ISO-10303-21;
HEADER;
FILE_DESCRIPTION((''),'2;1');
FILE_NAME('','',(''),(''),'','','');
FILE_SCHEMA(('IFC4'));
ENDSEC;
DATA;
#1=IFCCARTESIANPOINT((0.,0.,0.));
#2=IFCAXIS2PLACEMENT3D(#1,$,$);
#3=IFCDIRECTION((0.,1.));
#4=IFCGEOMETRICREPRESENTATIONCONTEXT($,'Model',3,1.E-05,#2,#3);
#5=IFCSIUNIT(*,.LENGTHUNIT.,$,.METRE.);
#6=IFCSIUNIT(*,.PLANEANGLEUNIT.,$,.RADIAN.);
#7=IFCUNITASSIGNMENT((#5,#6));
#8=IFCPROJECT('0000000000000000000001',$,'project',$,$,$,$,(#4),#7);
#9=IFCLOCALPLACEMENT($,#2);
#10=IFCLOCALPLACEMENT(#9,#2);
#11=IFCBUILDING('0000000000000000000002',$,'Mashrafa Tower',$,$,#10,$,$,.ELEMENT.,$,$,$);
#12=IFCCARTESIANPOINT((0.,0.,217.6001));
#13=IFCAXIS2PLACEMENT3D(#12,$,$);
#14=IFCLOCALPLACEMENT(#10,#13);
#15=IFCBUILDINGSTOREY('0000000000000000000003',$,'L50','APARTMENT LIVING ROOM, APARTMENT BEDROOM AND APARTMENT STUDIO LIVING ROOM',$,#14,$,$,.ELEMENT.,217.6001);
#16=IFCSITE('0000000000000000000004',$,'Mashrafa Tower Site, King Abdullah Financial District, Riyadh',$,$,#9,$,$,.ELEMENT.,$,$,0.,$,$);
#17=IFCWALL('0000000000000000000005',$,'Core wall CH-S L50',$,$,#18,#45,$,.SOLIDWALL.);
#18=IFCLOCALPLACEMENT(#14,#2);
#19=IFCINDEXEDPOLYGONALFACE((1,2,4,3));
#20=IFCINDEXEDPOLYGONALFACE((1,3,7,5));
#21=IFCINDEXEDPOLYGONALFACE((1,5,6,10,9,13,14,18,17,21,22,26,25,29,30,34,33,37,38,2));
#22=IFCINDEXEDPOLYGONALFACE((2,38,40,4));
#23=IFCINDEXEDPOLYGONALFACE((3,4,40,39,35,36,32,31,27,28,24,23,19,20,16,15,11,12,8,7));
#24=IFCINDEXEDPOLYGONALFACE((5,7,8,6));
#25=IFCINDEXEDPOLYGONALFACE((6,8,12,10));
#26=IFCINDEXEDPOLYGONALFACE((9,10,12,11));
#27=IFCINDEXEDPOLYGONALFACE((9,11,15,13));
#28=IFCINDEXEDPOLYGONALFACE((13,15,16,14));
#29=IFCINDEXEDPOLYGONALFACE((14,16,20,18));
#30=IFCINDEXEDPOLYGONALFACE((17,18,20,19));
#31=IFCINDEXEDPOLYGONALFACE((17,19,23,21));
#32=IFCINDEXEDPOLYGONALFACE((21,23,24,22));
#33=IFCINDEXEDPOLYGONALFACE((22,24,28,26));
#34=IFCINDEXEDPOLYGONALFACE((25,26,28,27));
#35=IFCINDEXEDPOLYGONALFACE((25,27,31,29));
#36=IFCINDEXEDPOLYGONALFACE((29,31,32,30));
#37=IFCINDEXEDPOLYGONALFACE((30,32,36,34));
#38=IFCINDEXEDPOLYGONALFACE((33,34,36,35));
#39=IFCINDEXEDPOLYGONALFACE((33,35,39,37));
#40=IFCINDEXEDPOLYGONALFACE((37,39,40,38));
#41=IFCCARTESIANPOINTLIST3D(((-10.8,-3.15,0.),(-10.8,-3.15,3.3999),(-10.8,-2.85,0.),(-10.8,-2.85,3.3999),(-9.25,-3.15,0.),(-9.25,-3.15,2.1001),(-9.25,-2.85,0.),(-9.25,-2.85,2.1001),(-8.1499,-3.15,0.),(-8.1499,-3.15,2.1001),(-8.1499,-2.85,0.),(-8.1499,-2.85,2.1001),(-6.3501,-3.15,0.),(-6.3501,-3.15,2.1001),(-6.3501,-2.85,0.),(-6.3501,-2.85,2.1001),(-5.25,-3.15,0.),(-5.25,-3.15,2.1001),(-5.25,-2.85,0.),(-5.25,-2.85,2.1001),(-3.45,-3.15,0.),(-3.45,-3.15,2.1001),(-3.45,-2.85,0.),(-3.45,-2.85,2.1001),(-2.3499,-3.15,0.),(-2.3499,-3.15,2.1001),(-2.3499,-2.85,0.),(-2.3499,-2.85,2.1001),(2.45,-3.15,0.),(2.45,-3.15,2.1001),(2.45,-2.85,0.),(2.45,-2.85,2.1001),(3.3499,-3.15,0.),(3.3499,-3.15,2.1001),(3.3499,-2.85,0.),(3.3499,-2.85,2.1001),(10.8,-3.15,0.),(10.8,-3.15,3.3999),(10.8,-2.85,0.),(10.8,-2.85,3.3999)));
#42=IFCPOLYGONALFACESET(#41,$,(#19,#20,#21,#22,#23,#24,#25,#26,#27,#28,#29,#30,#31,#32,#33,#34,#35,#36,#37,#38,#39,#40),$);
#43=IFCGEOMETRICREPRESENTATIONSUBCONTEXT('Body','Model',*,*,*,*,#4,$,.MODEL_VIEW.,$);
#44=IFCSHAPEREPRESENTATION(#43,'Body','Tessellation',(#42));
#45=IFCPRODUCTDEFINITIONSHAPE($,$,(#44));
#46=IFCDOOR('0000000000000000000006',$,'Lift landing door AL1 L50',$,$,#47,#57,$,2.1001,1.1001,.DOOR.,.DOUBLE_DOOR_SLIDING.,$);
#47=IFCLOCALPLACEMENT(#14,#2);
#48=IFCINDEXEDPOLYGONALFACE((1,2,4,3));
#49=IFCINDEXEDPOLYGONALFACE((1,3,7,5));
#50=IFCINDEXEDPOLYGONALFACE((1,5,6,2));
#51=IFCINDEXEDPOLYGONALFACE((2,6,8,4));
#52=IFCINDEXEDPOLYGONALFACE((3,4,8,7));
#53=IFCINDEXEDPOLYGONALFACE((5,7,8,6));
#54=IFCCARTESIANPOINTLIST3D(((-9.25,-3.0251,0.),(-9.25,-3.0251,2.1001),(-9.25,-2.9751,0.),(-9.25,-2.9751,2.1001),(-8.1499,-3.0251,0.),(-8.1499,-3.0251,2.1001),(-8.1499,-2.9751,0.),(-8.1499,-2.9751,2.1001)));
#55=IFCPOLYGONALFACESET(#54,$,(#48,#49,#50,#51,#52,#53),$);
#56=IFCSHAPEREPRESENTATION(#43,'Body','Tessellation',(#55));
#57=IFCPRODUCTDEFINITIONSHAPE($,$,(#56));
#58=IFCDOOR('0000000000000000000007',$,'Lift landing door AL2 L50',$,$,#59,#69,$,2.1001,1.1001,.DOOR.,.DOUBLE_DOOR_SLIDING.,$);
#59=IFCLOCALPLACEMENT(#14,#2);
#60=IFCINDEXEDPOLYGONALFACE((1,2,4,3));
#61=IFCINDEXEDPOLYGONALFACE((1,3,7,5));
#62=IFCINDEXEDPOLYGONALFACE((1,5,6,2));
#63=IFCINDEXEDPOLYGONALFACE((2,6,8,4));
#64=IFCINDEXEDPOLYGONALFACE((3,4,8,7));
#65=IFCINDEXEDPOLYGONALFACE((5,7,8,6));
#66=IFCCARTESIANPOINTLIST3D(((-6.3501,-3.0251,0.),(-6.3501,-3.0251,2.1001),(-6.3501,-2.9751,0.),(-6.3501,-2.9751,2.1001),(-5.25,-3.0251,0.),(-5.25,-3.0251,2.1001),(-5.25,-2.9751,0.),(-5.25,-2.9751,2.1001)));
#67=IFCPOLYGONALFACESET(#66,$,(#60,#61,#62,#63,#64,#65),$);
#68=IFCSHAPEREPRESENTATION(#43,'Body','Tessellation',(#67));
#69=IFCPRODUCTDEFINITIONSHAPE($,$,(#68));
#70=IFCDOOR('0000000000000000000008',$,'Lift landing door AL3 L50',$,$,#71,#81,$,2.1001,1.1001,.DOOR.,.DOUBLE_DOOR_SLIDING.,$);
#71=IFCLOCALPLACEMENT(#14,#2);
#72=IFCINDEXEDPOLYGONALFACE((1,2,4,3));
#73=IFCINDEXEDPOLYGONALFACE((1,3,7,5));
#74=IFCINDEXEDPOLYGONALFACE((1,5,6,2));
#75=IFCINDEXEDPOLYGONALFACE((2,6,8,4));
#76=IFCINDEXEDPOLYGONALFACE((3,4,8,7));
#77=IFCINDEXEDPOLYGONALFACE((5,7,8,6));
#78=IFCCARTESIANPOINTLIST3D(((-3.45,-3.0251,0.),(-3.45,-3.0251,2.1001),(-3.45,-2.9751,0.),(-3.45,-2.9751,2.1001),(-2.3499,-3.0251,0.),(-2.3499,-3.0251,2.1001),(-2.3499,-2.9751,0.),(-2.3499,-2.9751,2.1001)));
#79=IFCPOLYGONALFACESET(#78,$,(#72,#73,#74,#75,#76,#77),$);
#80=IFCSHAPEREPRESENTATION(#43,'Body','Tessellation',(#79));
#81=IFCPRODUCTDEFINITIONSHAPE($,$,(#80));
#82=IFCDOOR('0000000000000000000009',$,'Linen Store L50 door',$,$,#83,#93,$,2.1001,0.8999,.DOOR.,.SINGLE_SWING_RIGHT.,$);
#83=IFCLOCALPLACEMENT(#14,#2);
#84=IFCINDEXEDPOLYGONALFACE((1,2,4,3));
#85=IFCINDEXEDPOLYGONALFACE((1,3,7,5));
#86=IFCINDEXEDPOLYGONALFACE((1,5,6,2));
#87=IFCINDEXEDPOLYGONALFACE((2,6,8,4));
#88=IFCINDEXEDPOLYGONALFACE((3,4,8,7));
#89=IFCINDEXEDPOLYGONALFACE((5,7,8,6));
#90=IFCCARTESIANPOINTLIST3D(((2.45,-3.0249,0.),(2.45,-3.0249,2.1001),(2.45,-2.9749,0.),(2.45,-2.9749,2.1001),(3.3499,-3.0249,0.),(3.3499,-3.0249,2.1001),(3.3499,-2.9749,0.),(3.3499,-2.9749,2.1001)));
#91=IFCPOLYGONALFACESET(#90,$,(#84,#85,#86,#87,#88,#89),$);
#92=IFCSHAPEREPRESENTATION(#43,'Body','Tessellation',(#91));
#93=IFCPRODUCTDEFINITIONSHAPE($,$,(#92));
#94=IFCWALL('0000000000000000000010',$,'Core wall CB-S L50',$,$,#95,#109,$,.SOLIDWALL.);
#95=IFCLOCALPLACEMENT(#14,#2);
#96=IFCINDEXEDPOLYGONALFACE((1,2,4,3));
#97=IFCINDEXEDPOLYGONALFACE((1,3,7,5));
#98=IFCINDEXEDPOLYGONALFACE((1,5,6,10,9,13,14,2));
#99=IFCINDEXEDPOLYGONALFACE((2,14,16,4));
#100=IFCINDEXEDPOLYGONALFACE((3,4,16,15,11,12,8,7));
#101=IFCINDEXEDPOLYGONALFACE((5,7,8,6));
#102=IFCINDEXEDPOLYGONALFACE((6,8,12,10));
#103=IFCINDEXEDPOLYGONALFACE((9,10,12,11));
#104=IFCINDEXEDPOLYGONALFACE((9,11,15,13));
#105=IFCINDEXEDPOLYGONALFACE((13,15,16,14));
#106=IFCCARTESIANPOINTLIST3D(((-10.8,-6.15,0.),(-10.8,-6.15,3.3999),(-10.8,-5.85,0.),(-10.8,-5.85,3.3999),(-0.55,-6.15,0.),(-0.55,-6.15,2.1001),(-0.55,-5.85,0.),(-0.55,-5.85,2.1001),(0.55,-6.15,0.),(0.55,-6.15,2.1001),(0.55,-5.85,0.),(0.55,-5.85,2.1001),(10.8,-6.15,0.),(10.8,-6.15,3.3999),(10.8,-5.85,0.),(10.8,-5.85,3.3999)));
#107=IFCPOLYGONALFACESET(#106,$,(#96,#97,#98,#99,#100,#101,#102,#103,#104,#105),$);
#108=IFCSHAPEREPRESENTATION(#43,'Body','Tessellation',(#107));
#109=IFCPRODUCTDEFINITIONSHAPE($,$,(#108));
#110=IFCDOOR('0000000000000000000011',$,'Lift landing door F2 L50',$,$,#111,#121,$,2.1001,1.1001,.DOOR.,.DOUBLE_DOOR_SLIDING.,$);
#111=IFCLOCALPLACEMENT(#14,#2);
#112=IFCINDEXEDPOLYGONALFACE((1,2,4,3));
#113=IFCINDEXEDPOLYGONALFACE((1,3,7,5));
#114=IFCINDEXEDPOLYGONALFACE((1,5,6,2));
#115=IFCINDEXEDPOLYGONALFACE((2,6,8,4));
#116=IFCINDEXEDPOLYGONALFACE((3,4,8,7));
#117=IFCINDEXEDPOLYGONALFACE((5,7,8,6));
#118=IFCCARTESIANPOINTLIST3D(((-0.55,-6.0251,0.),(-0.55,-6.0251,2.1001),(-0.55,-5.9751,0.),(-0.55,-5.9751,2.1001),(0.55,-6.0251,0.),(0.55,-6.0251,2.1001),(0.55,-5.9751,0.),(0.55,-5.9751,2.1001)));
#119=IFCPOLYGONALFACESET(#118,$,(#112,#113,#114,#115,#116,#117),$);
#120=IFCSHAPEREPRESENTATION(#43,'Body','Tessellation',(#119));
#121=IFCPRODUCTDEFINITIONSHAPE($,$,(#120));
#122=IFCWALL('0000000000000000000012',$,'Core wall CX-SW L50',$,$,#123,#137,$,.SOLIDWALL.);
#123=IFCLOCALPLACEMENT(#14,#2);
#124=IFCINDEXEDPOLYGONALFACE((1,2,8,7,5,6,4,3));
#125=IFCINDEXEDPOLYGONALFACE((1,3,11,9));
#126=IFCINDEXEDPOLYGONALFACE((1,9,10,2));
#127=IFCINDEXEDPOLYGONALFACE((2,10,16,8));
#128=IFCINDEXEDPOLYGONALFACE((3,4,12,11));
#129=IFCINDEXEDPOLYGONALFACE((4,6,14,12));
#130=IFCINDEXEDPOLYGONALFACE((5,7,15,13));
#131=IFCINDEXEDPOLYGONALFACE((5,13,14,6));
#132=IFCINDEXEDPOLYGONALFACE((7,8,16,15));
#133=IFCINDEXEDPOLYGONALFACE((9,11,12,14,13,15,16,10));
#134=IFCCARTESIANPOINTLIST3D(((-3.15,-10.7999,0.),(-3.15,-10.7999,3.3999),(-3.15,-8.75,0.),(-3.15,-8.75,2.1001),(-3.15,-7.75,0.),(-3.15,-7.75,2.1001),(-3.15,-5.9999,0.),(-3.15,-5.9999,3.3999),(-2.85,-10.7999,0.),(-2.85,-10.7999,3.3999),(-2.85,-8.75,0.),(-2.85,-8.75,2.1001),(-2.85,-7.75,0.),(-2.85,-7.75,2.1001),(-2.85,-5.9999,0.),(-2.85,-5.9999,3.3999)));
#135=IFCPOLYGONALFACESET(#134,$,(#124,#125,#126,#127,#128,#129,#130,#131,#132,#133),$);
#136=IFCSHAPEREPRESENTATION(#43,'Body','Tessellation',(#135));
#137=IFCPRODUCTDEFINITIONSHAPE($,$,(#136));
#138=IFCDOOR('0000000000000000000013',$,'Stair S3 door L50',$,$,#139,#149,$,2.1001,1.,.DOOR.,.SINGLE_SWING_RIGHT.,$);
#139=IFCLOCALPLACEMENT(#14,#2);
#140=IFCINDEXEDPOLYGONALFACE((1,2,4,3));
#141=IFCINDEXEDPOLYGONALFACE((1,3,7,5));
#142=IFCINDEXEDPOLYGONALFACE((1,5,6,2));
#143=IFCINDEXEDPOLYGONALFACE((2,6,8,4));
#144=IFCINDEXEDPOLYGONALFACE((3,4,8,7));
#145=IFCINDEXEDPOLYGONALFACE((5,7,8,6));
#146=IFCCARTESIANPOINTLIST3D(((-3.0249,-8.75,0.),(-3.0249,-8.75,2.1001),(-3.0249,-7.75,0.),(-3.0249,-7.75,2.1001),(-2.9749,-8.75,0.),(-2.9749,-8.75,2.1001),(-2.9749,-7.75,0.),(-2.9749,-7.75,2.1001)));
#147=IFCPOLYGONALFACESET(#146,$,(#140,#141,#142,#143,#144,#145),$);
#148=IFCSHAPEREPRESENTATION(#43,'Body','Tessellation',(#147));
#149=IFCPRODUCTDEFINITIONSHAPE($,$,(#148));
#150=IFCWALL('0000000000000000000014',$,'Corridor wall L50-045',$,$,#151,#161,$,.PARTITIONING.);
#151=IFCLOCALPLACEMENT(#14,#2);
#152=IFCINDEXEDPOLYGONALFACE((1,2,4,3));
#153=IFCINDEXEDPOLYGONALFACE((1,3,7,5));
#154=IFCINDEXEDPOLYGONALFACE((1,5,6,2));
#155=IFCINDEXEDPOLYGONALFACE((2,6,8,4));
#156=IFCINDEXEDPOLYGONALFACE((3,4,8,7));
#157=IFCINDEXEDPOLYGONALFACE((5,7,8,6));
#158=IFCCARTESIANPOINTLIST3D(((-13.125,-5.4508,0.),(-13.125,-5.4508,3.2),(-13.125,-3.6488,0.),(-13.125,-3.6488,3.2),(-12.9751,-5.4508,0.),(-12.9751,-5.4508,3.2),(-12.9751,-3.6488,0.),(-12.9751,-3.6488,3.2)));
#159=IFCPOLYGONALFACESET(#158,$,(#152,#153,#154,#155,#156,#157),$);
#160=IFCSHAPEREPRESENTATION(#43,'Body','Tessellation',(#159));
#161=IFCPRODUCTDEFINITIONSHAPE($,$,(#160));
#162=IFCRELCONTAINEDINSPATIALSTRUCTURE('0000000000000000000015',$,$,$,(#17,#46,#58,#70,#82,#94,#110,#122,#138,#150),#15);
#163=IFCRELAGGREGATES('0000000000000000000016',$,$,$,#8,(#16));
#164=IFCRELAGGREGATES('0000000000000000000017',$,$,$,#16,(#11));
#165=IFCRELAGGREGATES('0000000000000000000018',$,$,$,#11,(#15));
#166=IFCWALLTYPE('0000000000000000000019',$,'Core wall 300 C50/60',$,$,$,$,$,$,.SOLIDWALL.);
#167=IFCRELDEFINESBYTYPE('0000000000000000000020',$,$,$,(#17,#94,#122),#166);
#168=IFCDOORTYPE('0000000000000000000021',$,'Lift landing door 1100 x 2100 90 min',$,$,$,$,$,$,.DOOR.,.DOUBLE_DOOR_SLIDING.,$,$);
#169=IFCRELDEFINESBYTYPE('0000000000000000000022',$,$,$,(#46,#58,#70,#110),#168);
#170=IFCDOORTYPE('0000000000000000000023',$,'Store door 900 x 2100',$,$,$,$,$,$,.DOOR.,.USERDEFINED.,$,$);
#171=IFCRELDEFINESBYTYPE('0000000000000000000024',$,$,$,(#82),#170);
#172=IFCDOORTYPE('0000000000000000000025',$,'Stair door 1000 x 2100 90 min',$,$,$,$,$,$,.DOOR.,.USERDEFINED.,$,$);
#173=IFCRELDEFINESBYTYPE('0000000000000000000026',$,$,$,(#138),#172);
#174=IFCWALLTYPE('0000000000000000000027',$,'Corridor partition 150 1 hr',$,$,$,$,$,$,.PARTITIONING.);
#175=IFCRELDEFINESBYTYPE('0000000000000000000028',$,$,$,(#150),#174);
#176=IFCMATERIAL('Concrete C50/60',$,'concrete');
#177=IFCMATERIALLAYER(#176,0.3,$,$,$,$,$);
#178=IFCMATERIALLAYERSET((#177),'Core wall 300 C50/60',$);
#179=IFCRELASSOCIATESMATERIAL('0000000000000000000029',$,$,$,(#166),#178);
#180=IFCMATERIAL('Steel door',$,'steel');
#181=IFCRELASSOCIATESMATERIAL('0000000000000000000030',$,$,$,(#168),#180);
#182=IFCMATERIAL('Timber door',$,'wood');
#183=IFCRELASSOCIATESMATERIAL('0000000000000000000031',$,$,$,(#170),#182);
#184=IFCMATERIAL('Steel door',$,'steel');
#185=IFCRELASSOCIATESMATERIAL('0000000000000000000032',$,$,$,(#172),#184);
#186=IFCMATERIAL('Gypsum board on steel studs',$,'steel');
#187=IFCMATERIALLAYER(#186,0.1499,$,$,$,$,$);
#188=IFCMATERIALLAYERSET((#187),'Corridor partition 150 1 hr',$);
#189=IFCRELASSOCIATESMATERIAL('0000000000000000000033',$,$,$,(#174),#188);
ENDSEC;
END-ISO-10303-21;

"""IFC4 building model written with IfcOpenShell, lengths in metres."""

from ifc_helpers import new_model, si_unit, direction, frame, frame_2d, origin, place, context, subcontext, project, spatial, rectangle, extrude, material, layer, layer_set, type_object, element, fill, save


model = new_model("IFC4")

# Units and contexts
model_context = context("Model", 3, precision=1e-05, world=origin(), true_north=direction((0.0, 1.0)))
body_context = subcontext(model_context, "Body", "Model", "MODEL_VIEW")
ifc_project = project(units=[si_unit("LENGTHUNIT", "METRE"), si_unit("PLANEANGLEUNIT", "RADIAN")], contexts=[model_context])

# Site, building, storey
site_placement = place(None, origin())
site = spatial("IfcSite", under=ifc_project, at=site_placement, Name="Mashrafa Tower Site, King Abdullah Financial District, Riyadh", CompositionType="ELEMENT", RefElevation=0.0)
building_placement = place(site_placement, origin())
building = spatial("IfcBuilding", under=site, at=building_placement, Name="Mashrafa Tower", CompositionType="ELEMENT")
storey_placement = place(building_placement, frame((0.0, 0.0, 217.6001)))
storey = spatial("IfcBuildingStorey", under=building, at=storey_placement, Name="L50", Description="APARTMENT LIVING ROOM, APARTMENT BEDROOM AND APARTMENT STUDIO LIVING ROOM", CompositionType="ELEMENT", Elevation=217.6001)

# Wall, openings, doors
ifc_material_1 = material(Name="Concrete C50/60", Category="concrete")
ifc_layer_1 = layer(ifc_material_1, 0.3)
ifc_layer_set_1 = layer_set([ifc_layer_1], Name="Core wall 300 C50/60")
wall_type_1 = type_object("IfcWallType", Name="Core wall 300 C50/60", PredefinedType="SOLIDWALL", material=ifc_layer_set_1)
wall_1_placement = place(storey_placement, frame((-10.8, -3.0, 0.0), z_axis=(0.0, 0.0, 1.0), x_axis=(1.0, 0.0, 0.0)))
wall_1 = element("IfcWall", 1, at=wall_1_placement, inside=storey, type_object=wall_type_1, Name="Core wall CH-S L50", PredefinedType="SOLIDWALL", context=body_context, shape_type="SweptSolid", body=[
    extrude(rectangle(XDim=21.6001, YDim=0.3, at=frame_2d((10.8, 0.0))), origin(), (0.0, 0.0, 1.0), 3.3999),
])
opening_1_placement = place(wall_1_placement, frame((13.25, 0.0, 0.0)))
opening_1 = element("IfcOpeningElement", 2, at=opening_1_placement, cuts=wall_1, PredefinedType="OPENING", context=body_context, shape_type="SweptSolid", body=[
    extrude(rectangle(XDim=0.8999, YDim=2.1001, at=frame_2d((0.45, 1.05))), frame((0.0, 0.1599, 0.0), z_axis=(0.0, -1.0, 0.0), x_axis=(1.0, 0.0, 0.0)), (0.0, 0.0, 1.0), 0.3201),
])
opening_2_placement = place(wall_1_placement, frame((1.55, 0.0, 0.0)))
opening_2 = element("IfcOpeningElement", 3, at=opening_2_placement, cuts=wall_1, PredefinedType="OPENING", context=body_context, shape_type="SweptSolid", body=[
    extrude(rectangle(XDim=1.1001, YDim=2.1001, at=frame_2d((0.55, 1.05))), frame((0.0, 0.1599, 0.0), z_axis=(0.0, -1.0, 0.0), x_axis=(1.0, 0.0, 0.0)), (0.0, 0.0, 1.0), 0.3201),
])
opening_3_placement = place(wall_1_placement, frame((4.45, 0.0, 0.0)))
opening_3 = element("IfcOpeningElement", 4, at=opening_3_placement, cuts=wall_1, PredefinedType="OPENING", context=body_context, shape_type="SweptSolid", body=[
    extrude(rectangle(XDim=1.1001, YDim=2.1001, at=frame_2d((0.55, 1.05))), frame((0.0, 0.1599, 0.0), z_axis=(0.0, -1.0, 0.0), x_axis=(1.0, 0.0, 0.0)), (0.0, 0.0, 1.0), 0.3201),
])
opening_4_placement = place(wall_1_placement, frame((7.3501, 0.0, 0.0)))
opening_4 = element("IfcOpeningElement", 5, at=opening_4_placement, cuts=wall_1, PredefinedType="OPENING", context=body_context, shape_type="SweptSolid", body=[
    extrude(rectangle(XDim=1.1001, YDim=2.1001, at=frame_2d((0.55, 1.05))), frame((0.0, 0.1599, 0.0), z_axis=(0.0, -1.0, 0.0), x_axis=(1.0, 0.0, 0.0)), (0.0, 0.0, 1.0), 0.3201),
])
ifc_material_2 = material(Name="Steel door", Category="steel")
door_type_1 = type_object("IfcDoorType", Name="Lift landing door 1100 x 2100 90 min", OperationType="DOUBLE_DOOR_SLIDING", PredefinedType="DOOR", material=ifc_material_2)
door_1_placement = place(opening_2_placement, origin())
door_1 = element("IfcDoor", 6, at=door_1_placement, inside=storey, type_object=door_type_1, Name="Lift landing door AL1 L50", OperationType="DOUBLE_DOOR_SLIDING", OverallHeight=2.1001, OverallWidth=1.1001, PredefinedType="DOOR", context=body_context, shape_type="SweptSolid", body=[
    extrude(rectangle(XDim=1.1001, YDim=2.1001, at=frame_2d((0.55, 1.05))), frame((0.0, 0.0249, 0.0), z_axis=(0.0, -1.0, 0.0), x_axis=(1.0, 0.0, 0.0)), (0.0, 0.0, 1.0), 0.05),
])
fill(opening_2, door_1)
door_2_placement = place(opening_3_placement, origin())
door_2 = element("IfcDoor", 7, at=door_2_placement, inside=storey, type_object=door_type_1, Name="Lift landing door AL2 L50", OperationType="DOUBLE_DOOR_SLIDING", OverallHeight=2.1001, OverallWidth=1.1001, PredefinedType="DOOR", context=body_context, shape_type="SweptSolid", body=[
    extrude(rectangle(XDim=1.1001, YDim=2.1001, at=frame_2d((0.55, 1.05))), frame((0.0, 0.0249, 0.0), z_axis=(0.0, -1.0, 0.0), x_axis=(1.0, 0.0, 0.0)), (0.0, 0.0, 1.0), 0.05),
])
fill(opening_3, door_2)
door_3_placement = place(opening_4_placement, origin())
door_3 = element("IfcDoor", 8, at=door_3_placement, inside=storey, type_object=door_type_1, Name="Lift landing door AL3 L50", OperationType="DOUBLE_DOOR_SLIDING", OverallHeight=2.1001, OverallWidth=1.1001, PredefinedType="DOOR", context=body_context, shape_type="SweptSolid", body=[
    extrude(rectangle(XDim=1.1001, YDim=2.1001, at=frame_2d((0.55, 1.05))), frame((0.0, 0.0249, 0.0), z_axis=(0.0, -1.0, 0.0), x_axis=(1.0, 0.0, 0.0)), (0.0, 0.0, 1.0), 0.05),
])
fill(opening_4, door_3)
ifc_material_3 = material(Name="Timber door", Category="wood")
door_type_2 = type_object("IfcDoorType", Name="Store door 900 x 2100", OperationType="USERDEFINED", PredefinedType="DOOR", material=ifc_material_3)
door_4_placement = place(opening_1_placement, frame((0.8999, 0.0, 0.0), z_axis=(0.0, 0.0, 1.0), x_axis=(-1.0, 0.0, 0.0)))
door_4 = element("IfcDoor", 9, at=door_4_placement, inside=storey, type_object=door_type_2, Name="Linen Store L50 door", OperationType="SINGLE_SWING_RIGHT", OverallHeight=2.1001, OverallWidth=0.8999, PredefinedType="DOOR", context=body_context, shape_type="SweptSolid", body=[
    extrude(rectangle(XDim=0.8999, YDim=2.1001, at=frame_2d((0.45, 1.05))), frame((0.0, 0.0249, 0.0), z_axis=(0.0, -1.0, 0.0), x_axis=(1.0, 0.0, 0.0)), (0.0, 0.0, 1.0), 0.05),
])
fill(opening_1, door_4)

# Walls, openings, doors
wall_2_placement = place(storey_placement, frame((-10.8, -6.0, 0.0), z_axis=(0.0, 0.0, 1.0), x_axis=(1.0, 0.0, 0.0)))
wall_2 = element("IfcWall", 10, at=wall_2_placement, inside=storey, type_object=wall_type_1, Name="Core wall CB-S L50", PredefinedType="SOLIDWALL", context=body_context, shape_type="SweptSolid", body=[
    extrude(rectangle(XDim=21.6001, YDim=0.3, at=frame_2d((10.8, 0.0))), origin(), (0.0, 0.0, 1.0), 3.3999),
])
opening_5_placement = place(wall_2_placement, frame((10.25, 0.0, 0.0)))
opening_5 = element("IfcOpeningElement", 11, at=opening_5_placement, cuts=wall_2, PredefinedType="OPENING", context=body_context, shape_type="SweptSolid", body=[
    extrude(rectangle(XDim=1.1001, YDim=2.1001, at=frame_2d((0.55, 1.05))), frame((0.0, 0.1599, 0.0), z_axis=(0.0, -1.0, 0.0), x_axis=(1.0, 0.0, 0.0)), (0.0, 0.0, 1.0), 0.3201),
])
door_5_placement = place(opening_5_placement, origin())
door_5 = element("IfcDoor", 12, at=door_5_placement, inside=storey, type_object=door_type_1, Name="Lift landing door F2 L50", OperationType="DOUBLE_DOOR_SLIDING", OverallHeight=2.1001, OverallWidth=1.1001, PredefinedType="DOOR", context=body_context, shape_type="SweptSolid", body=[
    extrude(rectangle(XDim=1.1001, YDim=2.1001, at=frame_2d((0.55, 1.05))), frame((0.0, 0.0249, 0.0), z_axis=(0.0, -1.0, 0.0), x_axis=(1.0, 0.0, 0.0)), (0.0, 0.0, 1.0), 0.05),
])
fill(opening_5, door_5)
wall_3_placement = place(storey_placement, frame((-3.0, -6.0, 0.0), z_axis=(0.0, 0.0, 1.0), x_axis=(0.0, -1.0, 0.0)))
wall_3 = element("IfcWall", 13, at=wall_3_placement, inside=storey, type_object=wall_type_1, Name="Core wall CX-SW L50", PredefinedType="SOLIDWALL", context=body_context, shape_type="SweptSolid", body=[
    extrude(rectangle(XDim=4.8, YDim=0.3, at=frame_2d((2.3999, 0.0))), origin(), (0.0, 0.0, 1.0), 3.3999),
])
opening_6_placement = place(wall_3_placement, frame((1.75, 0.0, 0.0)))
opening_6 = element("IfcOpeningElement", 14, at=opening_6_placement, cuts=wall_3, PredefinedType="OPENING", context=body_context, shape_type="SweptSolid", body=[
    extrude(rectangle(XDim=1.0, YDim=2.1001, at=frame_2d((0.5, 1.05))), frame((0.0, 0.1599, 0.0), z_axis=(0.0, -1.0, 0.0), x_axis=(1.0, 0.0, 0.0)), (0.0, 0.0, 1.0), 0.3201),
])
ifc_material_4 = material(Name="Steel door", Category="steel")
door_type_3 = type_object("IfcDoorType", Name="Stair door 1000 x 2100 90 min", OperationType="USERDEFINED", PredefinedType="DOOR", material=ifc_material_4)
door_6_placement = place(opening_6_placement, frame((1.0, 0.0, 0.0), z_axis=(0.0, 0.0, 1.0), x_axis=(-1.0, 0.0, 0.0)))
door_6 = element("IfcDoor", 15, at=door_6_placement, inside=storey, type_object=door_type_3, Name="Stair S3 door L50", OperationType="SINGLE_SWING_RIGHT", OverallHeight=2.1001, OverallWidth=1.0, PredefinedType="DOOR", context=body_context, shape_type="SweptSolid", body=[
    extrude(rectangle(XDim=1.0, YDim=2.1001, at=frame_2d((0.5, 1.05))), frame((0.0, 0.0249, 0.0), z_axis=(0.0, -1.0, 0.0), x_axis=(1.0, 0.0, 0.0)), (0.0, 0.0, 1.0), 0.05),
])
fill(opening_6, door_6)

# Wall
ifc_material_5 = material(Name="Gypsum board on steel studs", Category="steel")
ifc_layer_2 = layer(ifc_material_5, 0.1499)
ifc_layer_set_2 = layer_set([ifc_layer_2], Name="Corridor partition 150 1 hr")
wall_type_2 = type_object("IfcWallType", Name="Corridor partition 150 1 hr", PredefinedType="PARTITIONING", material=ifc_layer_set_2)
wall_4_placement = place(storey_placement, frame((-13.05, -3.6489, 0.0), z_axis=(0.0, 0.0, 1.0), x_axis=(0.0, -1.0, 0.0)))
element("IfcWall", 16, at=wall_4_placement, inside=storey, type_object=wall_type_2, Name="Corridor wall L50-045", PredefinedType="PARTITIONING", context=body_context, shape_type="SweptSolid", body=[
    extrude(rectangle(XDim=1.802, YDim=0.1499, at=frame_2d((0.9009, 0.0))), origin(), (0.0, 0.0, 1.0), 3.2),
])

save(model, "model.ifc")
